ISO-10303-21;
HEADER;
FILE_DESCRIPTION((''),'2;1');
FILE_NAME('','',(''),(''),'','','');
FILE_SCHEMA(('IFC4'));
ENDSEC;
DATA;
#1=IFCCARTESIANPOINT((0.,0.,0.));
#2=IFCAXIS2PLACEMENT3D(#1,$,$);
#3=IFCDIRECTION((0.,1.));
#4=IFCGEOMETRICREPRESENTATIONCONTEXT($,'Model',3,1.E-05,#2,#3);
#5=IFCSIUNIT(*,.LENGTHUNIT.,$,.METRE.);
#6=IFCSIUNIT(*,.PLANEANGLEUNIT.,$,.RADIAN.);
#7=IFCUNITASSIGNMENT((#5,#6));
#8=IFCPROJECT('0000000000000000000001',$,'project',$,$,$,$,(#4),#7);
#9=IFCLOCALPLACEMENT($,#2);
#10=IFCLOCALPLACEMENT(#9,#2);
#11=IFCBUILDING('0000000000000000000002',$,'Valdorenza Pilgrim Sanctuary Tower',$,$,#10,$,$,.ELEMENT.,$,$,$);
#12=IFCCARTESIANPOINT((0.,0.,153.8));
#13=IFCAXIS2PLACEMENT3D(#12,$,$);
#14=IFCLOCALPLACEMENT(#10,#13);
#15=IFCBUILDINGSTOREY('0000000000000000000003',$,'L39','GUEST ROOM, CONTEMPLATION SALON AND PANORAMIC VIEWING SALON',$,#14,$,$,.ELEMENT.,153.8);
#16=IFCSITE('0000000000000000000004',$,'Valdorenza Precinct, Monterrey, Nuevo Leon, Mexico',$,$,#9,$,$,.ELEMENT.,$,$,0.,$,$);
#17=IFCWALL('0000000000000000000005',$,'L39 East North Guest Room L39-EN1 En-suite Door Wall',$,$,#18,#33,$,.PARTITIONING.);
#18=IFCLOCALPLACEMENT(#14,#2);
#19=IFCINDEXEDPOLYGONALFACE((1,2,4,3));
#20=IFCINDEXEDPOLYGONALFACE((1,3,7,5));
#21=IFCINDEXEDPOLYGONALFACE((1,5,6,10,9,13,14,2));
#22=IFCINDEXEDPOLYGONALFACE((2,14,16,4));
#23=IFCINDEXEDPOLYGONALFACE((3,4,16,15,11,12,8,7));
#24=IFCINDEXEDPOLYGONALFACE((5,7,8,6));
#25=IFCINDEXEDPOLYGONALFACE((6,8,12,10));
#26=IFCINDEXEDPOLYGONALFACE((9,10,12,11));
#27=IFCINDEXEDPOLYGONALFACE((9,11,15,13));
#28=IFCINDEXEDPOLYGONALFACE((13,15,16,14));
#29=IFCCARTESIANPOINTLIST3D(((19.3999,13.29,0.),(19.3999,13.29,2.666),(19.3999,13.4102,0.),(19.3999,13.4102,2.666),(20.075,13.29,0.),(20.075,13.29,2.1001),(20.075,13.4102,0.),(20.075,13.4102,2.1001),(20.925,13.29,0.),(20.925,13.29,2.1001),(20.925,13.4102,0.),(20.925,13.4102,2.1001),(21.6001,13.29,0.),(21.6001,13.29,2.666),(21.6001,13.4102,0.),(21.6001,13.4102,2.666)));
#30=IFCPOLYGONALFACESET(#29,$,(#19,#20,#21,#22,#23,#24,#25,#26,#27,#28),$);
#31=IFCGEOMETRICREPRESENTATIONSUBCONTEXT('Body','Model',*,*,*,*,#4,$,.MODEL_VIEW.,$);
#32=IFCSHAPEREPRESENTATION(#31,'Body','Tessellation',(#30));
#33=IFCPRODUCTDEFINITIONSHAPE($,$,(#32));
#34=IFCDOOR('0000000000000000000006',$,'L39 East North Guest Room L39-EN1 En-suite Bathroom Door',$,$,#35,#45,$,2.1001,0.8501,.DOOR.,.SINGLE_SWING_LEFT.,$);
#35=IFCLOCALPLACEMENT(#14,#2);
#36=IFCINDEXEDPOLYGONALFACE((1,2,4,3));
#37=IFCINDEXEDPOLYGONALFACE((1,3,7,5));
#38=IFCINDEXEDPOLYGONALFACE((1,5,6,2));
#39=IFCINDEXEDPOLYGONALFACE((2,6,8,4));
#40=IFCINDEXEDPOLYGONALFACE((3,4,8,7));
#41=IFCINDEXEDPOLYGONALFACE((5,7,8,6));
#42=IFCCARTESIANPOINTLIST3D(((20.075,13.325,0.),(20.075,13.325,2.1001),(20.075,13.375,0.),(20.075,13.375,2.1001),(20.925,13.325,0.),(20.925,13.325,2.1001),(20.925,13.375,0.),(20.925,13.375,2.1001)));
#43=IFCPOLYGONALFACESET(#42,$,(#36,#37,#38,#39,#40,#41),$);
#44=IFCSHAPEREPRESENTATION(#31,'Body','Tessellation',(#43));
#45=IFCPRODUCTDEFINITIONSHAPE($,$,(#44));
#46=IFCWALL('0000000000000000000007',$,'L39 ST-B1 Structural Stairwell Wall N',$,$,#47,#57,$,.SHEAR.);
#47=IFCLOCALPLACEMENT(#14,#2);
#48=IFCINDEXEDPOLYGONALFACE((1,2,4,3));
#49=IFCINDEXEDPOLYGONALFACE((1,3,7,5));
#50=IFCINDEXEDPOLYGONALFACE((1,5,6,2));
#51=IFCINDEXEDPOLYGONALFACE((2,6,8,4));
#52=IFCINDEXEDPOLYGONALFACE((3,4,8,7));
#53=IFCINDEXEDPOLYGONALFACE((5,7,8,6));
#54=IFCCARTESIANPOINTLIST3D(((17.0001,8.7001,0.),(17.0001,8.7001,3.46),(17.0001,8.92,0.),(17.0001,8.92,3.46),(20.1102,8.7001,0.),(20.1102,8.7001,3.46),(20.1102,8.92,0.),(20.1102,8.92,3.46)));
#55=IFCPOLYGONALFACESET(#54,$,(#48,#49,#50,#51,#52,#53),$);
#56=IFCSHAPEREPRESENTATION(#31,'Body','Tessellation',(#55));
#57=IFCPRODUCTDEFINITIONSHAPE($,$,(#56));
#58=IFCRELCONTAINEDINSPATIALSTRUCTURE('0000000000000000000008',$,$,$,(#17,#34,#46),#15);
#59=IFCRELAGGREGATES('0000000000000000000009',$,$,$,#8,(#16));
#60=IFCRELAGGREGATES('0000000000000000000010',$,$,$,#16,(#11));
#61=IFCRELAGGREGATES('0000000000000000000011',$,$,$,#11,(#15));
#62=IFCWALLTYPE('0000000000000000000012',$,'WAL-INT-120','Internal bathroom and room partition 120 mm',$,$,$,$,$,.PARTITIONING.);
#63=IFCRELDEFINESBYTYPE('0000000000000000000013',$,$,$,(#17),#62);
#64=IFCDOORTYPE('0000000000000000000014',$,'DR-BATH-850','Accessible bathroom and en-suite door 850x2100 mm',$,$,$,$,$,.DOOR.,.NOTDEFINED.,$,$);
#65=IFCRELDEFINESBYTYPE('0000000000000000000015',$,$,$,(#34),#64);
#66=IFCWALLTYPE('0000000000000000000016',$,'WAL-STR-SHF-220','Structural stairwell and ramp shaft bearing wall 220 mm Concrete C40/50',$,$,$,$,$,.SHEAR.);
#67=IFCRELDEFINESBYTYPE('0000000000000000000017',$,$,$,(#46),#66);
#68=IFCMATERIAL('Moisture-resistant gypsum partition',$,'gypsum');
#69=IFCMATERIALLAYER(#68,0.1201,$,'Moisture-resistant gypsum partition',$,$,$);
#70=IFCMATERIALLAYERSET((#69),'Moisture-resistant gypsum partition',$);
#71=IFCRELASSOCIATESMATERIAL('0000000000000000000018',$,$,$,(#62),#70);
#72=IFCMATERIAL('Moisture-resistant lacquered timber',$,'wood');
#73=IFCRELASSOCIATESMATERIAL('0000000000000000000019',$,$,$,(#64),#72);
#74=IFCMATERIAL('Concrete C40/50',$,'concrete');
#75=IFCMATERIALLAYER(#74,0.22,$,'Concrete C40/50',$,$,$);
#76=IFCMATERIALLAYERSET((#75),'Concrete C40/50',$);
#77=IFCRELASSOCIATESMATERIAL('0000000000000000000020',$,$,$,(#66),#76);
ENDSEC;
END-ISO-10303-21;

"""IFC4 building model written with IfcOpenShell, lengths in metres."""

from ifc_helpers import new_model, si_unit, direction, frame, frame_2d, origin, place, context, subcontext, project, spatial, rectangle, extrude, material, layer, layer_set, type_object, element, fill, save


model = new_model("IFC4")

# Units and contexts
model_context = context("Model", 3, precision=1e-05, world=origin(), true_north=direction((0.0, 1.0)))
body_context = subcontext(model_context, "Body", "Model", "MODEL_VIEW")
ifc_project = project(units=[si_unit("LENGTHUNIT", "METRE"), si_unit("PLANEANGLEUNIT", "RADIAN")], contexts=[model_context])

# Site, building, storey
site_placement = place(None, origin())
site = spatial("IfcSite", under=ifc_project, at=site_placement, Name="Valdorenza Precinct, Monterrey, Nuevo Leon, Mexico", CompositionType="ELEMENT", RefElevation=0.0)
building_placement = place(site_placement, origin())
building = spatial("IfcBuilding", under=site, at=building_placement, Name="Valdorenza Pilgrim Sanctuary Tower", CompositionType="ELEMENT")
storey_placement = place(building_placement, frame((0.0, 0.0, 153.8)))
storey = spatial("IfcBuildingStorey", under=building, at=storey_placement, Name="L39", Description="GUEST ROOM, CONTEMPLATION SALON AND PANORAMIC VIEWING SALON", CompositionType="ELEMENT", Elevation=153.8)

# Shared definitions
ifc_material_1 = material(Name="Moisture-resistant gypsum partition", Category="gypsum")
ifc_layer_1 = layer(ifc_material_1, 0.1201, Name="Moisture-resistant gypsum partition")
ifc_layer_set_1 = layer_set([ifc_layer_1], Name="Moisture-resistant gypsum partition")
wall_type_1 = type_object("IfcWallType", Name="WAL-INT-120", Description="Internal bathroom and room partition 120 mm", PredefinedType="PARTITIONING", material=ifc_layer_set_1)

# Wall, opening, door
wall_1_placement = place(storey_placement, frame((19.3999, 13.3501, 0.0), z_axis=(0.0, 0.0, 1.0), x_axis=(1.0, 0.0, 0.0)))
wall_1 = element("IfcWall", 1, at=wall_1_placement, inside=storey, type_object=wall_type_1, Name="L39 East North Guest Room L39-EN1 En-suite Door Wall", PredefinedType="PARTITIONING", context=body_context, shape_type="SweptSolid", body=[
    extrude(rectangle(XDim=2.2002, YDim=0.1201, at=frame_2d((1.1001, 0.0))), origin(), (0.0, 0.0, 1.0), 2.666),
])
opening_1_placement = place(wall_1_placement, frame((0.675, 0.0, 0.0)))
opening_1 = element("IfcOpeningElement", 2, at=opening_1_placement, cuts=wall_1, PredefinedType="OPENING", context=body_context, shape_type="SweptSolid", body=[
    extrude(rectangle(XDim=0.8501, YDim=2.1001, at=frame_2d((0.425, 1.05))), frame((0.0, 0.075, 0.0), z_axis=(0.0, -1.0, 0.0), x_axis=(1.0, 0.0, 0.0)), (0.0, 0.0, 1.0), 0.1499),
])
ifc_material_2 = material(Name="Moisture-resistant lacquered timber", Category="wood")
door_type_1 = type_object("IfcDoorType", Name="DR-BATH-850", Description="Accessible bathroom and en-suite door 850x2100 mm", OperationType="NOTDEFINED", PredefinedType="DOOR", material=ifc_material_2)
door_1_placement = place(opening_1_placement, origin())
door_1 = element("IfcDoor", 3, at=door_1_placement, inside=storey, type_object=door_type_1, Name="L39 East North Guest Room L39-EN1 En-suite Bathroom Door", OperationType="SINGLE_SWING_LEFT", OverallHeight=2.1001, OverallWidth=0.8501, PredefinedType="DOOR", context=body_context, shape_type="SweptSolid", body=[
    extrude(rectangle(XDim=0.8501, YDim=2.1001, at=frame_2d((0.425, 1.05))), frame((0.0, 0.0249, 0.0), z_axis=(0.0, -1.0, 0.0), x_axis=(1.0, 0.0, 0.0)), (0.0, 0.0, 1.0), 0.05),
])
fill(opening_1, door_1)

# Wall
ifc_material_3 = material(Name="Concrete C40/50", Category="concrete")
ifc_layer_2 = layer(ifc_material_3, 0.22, Name="Concrete C40/50")
ifc_layer_set_2 = layer_set([ifc_layer_2], Name="Concrete C40/50")
wall_type_2 = type_object("IfcWallType", Name="WAL-STR-SHF-220", Description="Structural stairwell and ramp shaft bearing wall 220 mm Concrete C40/50", PredefinedType="SHEAR", material=ifc_layer_set_2)
wall_2_placement = place(storey_placement, frame((17.0, 8.8101, 0.0), z_axis=(0.0, 0.0, 1.0), x_axis=(1.0, 0.0, 0.0)))
element("IfcWall", 4, at=wall_2_placement, inside=storey, type_object=wall_type_2, Name="L39 ST-B1 Structural Stairwell Wall N", PredefinedType="SHEAR", context=body_context, shape_type="SweptSolid", body=[
    extrude(rectangle(XDim=3.1101, YDim=0.22, at=frame_2d((1.5552, 0.0))), origin(), (0.0, 0.0, 1.0), 3.46),
])

save(model, "model.ifc")
